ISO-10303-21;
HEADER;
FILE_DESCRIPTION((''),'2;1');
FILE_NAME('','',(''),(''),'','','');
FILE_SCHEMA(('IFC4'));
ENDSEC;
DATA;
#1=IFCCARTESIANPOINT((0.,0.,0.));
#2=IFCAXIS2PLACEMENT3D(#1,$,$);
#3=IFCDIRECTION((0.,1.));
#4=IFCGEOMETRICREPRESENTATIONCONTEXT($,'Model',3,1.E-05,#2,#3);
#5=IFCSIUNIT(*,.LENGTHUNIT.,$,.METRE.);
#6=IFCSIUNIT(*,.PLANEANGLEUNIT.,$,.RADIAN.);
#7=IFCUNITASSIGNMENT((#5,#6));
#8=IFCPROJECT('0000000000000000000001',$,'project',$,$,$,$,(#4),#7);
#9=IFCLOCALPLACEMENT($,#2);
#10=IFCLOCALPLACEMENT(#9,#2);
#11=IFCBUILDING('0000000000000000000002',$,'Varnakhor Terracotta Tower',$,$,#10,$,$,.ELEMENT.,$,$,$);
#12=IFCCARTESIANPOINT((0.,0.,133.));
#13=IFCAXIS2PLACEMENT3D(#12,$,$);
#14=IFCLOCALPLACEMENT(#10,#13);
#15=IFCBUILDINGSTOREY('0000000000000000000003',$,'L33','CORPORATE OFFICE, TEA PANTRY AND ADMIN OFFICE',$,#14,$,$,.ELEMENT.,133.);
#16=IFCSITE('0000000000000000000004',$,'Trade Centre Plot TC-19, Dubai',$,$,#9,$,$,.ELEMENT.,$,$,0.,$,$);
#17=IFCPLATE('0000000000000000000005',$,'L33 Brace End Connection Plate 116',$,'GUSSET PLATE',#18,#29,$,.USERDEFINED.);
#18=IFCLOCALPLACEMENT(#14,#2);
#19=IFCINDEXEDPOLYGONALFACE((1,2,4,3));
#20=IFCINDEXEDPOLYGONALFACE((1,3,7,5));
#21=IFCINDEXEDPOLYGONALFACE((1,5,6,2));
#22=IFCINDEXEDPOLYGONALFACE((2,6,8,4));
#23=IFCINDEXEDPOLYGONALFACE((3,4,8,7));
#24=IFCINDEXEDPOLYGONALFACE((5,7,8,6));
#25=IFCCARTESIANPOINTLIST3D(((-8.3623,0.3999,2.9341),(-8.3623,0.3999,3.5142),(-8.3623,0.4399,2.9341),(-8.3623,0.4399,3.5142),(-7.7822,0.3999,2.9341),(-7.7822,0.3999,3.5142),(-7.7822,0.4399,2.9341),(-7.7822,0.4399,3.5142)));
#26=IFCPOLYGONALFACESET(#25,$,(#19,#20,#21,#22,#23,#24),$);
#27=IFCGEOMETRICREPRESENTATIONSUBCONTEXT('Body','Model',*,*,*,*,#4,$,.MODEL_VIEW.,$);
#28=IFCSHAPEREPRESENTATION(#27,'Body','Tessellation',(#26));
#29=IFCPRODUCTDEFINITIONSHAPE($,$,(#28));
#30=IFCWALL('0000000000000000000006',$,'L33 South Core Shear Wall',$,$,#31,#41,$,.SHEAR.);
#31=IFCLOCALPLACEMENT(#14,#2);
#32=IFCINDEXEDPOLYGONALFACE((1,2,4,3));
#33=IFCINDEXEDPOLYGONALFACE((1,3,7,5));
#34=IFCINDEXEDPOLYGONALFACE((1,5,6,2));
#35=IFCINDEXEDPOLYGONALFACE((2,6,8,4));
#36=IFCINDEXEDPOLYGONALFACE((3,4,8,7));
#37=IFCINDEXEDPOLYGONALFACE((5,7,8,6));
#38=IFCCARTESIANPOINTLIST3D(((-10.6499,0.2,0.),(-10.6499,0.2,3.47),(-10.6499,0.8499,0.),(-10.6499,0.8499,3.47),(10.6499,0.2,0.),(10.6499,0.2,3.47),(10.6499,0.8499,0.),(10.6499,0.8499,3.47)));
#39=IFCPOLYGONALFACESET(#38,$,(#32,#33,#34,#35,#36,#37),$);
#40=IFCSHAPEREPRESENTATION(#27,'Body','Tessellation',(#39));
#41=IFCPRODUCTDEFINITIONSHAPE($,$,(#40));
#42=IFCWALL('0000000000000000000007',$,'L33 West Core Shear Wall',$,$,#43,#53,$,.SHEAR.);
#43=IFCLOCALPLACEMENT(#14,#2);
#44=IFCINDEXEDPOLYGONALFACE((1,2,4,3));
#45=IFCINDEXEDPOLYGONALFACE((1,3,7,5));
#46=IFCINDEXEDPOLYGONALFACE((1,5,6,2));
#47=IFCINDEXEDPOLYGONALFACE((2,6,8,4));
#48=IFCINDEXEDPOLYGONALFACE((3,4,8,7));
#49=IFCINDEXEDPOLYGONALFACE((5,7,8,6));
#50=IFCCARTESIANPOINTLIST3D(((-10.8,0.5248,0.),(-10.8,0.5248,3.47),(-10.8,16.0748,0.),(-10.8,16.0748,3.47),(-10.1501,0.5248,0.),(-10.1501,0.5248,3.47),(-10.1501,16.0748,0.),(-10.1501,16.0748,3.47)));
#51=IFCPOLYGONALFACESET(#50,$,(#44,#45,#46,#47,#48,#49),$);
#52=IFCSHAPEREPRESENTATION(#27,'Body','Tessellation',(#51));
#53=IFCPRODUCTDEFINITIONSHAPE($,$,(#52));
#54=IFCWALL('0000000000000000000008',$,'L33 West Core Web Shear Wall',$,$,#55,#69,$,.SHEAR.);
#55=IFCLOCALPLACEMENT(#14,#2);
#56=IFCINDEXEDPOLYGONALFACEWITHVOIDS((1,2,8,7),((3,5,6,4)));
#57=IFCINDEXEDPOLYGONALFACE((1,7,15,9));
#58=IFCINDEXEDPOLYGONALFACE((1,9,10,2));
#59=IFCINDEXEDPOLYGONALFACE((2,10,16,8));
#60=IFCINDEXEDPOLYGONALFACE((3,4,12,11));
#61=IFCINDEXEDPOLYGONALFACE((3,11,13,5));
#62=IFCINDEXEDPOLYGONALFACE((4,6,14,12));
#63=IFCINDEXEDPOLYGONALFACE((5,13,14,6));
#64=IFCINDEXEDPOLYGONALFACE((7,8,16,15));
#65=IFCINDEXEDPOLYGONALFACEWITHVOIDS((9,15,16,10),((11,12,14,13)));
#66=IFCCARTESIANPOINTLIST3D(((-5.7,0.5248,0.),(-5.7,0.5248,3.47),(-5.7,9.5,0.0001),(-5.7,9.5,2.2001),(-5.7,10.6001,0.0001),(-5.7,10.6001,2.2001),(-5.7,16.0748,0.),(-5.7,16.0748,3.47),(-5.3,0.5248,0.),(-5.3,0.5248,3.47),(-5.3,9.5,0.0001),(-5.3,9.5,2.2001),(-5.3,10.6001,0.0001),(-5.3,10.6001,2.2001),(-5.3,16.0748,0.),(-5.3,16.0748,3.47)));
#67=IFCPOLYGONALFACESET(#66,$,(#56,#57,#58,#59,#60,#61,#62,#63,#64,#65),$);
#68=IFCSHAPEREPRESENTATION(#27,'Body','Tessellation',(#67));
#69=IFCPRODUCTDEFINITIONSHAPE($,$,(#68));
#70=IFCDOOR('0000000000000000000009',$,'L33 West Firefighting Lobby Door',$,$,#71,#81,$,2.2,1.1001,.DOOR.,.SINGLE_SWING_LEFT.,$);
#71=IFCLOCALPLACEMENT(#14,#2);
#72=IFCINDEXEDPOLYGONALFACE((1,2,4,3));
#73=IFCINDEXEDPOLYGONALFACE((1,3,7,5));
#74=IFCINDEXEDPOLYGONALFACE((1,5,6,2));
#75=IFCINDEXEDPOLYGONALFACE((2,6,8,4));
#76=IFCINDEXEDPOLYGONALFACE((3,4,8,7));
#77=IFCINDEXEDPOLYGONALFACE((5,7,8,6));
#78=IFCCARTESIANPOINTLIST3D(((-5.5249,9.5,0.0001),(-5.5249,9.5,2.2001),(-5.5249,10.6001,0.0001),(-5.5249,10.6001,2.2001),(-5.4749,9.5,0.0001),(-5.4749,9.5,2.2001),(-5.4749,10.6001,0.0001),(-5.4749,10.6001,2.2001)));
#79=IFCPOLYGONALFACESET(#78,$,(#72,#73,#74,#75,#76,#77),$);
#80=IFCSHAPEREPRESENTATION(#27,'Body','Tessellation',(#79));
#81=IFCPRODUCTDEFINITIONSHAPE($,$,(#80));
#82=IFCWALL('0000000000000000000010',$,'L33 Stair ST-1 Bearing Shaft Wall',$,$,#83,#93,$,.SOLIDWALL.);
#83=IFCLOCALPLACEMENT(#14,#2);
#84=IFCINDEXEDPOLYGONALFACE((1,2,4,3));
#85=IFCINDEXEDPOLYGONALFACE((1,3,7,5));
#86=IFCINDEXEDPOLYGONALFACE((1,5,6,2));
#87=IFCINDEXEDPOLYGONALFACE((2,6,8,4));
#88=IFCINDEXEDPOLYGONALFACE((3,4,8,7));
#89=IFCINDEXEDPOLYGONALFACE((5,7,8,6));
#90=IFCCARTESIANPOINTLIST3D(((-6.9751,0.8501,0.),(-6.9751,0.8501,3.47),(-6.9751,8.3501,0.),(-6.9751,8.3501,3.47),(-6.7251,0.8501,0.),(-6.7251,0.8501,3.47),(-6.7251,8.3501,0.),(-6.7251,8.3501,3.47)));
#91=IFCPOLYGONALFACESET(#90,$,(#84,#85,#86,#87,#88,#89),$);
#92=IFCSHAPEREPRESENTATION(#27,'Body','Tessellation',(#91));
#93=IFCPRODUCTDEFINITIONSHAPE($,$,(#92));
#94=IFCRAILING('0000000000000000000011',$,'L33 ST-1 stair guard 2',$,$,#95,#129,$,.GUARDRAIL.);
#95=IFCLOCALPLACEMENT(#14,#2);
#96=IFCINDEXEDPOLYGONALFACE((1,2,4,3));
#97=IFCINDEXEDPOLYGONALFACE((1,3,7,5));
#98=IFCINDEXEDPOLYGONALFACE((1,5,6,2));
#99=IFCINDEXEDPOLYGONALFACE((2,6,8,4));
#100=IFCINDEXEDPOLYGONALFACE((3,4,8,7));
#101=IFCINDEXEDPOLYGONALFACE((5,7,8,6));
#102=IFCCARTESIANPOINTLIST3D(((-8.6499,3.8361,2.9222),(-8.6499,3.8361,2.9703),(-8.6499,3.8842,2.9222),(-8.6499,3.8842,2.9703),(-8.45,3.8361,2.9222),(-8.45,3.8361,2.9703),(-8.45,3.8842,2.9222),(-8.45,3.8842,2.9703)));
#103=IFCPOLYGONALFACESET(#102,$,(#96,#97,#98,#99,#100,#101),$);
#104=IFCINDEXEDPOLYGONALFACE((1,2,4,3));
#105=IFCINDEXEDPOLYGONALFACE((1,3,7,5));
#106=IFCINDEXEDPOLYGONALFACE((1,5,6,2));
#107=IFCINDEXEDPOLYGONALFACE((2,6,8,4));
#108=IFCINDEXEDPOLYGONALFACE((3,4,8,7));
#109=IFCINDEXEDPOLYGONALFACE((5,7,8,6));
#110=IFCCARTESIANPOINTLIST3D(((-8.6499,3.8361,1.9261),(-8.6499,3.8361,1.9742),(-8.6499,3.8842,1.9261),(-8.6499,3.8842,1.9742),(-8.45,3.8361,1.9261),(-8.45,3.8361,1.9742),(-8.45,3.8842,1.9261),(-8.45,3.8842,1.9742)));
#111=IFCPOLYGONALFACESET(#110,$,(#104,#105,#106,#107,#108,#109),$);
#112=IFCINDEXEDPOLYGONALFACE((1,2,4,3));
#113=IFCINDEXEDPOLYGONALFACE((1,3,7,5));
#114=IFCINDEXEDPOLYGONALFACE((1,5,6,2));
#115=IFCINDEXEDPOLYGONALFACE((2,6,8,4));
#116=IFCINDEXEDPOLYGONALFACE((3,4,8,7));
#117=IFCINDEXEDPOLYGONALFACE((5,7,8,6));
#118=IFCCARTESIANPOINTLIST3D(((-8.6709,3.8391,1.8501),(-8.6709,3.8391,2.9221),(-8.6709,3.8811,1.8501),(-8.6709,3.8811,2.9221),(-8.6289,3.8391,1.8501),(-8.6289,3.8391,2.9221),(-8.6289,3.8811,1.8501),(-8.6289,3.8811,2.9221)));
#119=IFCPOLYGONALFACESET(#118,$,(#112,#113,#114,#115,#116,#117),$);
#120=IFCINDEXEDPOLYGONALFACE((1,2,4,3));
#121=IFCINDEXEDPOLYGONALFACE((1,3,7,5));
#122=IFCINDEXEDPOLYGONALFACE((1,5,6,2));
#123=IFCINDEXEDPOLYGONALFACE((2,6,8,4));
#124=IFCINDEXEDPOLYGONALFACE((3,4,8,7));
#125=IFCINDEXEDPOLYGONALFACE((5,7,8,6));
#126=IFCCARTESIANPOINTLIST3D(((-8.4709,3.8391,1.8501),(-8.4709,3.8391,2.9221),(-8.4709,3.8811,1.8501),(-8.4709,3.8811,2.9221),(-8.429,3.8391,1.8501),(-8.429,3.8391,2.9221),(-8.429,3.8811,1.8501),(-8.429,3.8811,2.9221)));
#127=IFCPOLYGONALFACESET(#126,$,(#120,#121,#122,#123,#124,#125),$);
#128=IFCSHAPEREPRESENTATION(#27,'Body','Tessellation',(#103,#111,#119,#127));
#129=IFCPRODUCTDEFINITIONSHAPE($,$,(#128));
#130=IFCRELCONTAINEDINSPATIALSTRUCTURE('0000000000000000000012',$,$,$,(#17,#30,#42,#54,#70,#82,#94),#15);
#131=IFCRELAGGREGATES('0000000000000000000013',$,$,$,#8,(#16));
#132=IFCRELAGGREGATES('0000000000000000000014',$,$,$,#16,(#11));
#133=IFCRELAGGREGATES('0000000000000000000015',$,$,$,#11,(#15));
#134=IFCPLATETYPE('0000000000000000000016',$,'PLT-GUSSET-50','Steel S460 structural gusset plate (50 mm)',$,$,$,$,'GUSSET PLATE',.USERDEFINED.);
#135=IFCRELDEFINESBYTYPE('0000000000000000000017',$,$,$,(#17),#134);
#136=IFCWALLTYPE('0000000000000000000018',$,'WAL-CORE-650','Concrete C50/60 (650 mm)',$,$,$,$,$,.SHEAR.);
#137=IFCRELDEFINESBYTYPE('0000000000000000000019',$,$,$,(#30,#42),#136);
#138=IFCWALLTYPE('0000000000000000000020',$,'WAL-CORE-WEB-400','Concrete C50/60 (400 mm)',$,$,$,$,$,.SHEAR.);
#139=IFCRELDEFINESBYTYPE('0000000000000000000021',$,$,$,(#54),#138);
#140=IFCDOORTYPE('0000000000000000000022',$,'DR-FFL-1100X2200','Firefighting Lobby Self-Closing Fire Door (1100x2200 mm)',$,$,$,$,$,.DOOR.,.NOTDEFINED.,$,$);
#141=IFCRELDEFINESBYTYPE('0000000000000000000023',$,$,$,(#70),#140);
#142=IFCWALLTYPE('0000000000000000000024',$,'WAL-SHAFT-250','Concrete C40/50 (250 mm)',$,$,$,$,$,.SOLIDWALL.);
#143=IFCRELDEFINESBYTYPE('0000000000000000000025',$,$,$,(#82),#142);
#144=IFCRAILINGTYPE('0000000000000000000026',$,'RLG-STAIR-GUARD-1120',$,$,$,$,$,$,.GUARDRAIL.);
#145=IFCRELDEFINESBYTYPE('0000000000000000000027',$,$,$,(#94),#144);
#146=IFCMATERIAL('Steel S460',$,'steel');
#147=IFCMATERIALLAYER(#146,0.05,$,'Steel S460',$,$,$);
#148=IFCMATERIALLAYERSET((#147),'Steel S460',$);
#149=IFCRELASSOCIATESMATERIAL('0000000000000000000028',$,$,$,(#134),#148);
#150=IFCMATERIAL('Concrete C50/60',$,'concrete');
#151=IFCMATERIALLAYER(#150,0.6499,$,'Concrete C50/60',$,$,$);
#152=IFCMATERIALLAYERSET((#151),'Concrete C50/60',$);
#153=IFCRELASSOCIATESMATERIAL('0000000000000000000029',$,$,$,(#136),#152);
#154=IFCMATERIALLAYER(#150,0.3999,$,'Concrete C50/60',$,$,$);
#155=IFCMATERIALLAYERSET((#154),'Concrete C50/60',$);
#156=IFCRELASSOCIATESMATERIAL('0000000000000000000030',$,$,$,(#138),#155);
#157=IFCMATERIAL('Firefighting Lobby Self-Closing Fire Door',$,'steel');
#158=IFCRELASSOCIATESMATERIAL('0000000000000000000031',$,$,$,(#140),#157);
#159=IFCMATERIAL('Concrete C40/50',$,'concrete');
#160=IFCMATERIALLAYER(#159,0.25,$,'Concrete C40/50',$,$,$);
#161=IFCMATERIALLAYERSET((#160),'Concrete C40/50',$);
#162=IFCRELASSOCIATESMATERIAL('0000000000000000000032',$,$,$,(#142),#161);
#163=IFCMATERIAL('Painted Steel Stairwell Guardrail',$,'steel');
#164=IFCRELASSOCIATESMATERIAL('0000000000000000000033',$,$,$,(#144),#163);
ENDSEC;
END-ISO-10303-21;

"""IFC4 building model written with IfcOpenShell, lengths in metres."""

from ifc_helpers import new_model, si_unit, direction, frame, frame_2d, origin, origin_2d, place, context, subcontext, project, spatial, rectangle, extrude, source, transform, mapped, material, layer, layer_set, type_object, type_shapes, element, fill, save


model = new_model("IFC4")

# Units and contexts
model_context = context("Model", 3, precision=1e-05, world=origin(), true_north=direction((0.0, 1.0)))
body_context = subcontext(model_context, "Body", "Model", "MODEL_VIEW")
ifc_project = project(units=[si_unit("LENGTHUNIT", "METRE"), si_unit("PLANEANGLEUNIT", "RADIAN")], contexts=[model_context])

# Site, building, storey
site_placement = place(None, origin())
site = spatial("IfcSite", under=ifc_project, at=site_placement, Name="Trade Centre Plot TC-19, Dubai", CompositionType="ELEMENT", RefElevation=0.0)
building_placement = place(site_placement, origin())
building = spatial("IfcBuilding", under=site, at=building_placement, Name="Varnakhor Terracotta Tower", CompositionType="ELEMENT")
storey_placement = place(building_placement, frame((0.0, 0.0, 133.0)))
storey = spatial("IfcBuildingStorey", under=building, at=storey_placement, Name="L33", Description="CORPORATE OFFICE, TEA PANTRY AND ADMIN OFFICE", CompositionType="ELEMENT", Elevation=133.0)

# Shared definitions
ifc_material_1 = material(Name="Concrete C50/60", Category="concrete")

# Shared definitions
ifc_material_2 = material(Name="Steel S460", Category="steel")

# Plate
ifc_layer_1 = layer(ifc_material_2, 0.05, Name="Steel S460")
ifc_layer_set_1 = layer_set([ifc_layer_1], Name="Steel S460")
plate_type = type_object("IfcPlateType", Name="PLT-GUSSET-50", Description="Steel S460 structural gusset plate (50 mm)", ElementType="GUSSET PLATE", PredefinedType="USERDEFINED", material=ifc_layer_set_1)
shared_shape_1 = source(origin(), body_context, "Body", "SweptSolid", [
    extrude(rectangle(XDim=0.5801, YDim=0.04, at=origin_2d()), origin(), (0.0, 0.0, 1.0), 0.5801),
])
plate_placement = place(storey_placement, frame((-8.0723, 0.4199, 2.9341), z_axis=(0.0, 0.0, 1.0), x_axis=(1.0, 0.0, 0.0)))
element("IfcPlate", 1, at=plate_placement, inside=storey, type_object=plate_type, Name="L33 Brace End Connection Plate 116", ObjectType="GUSSET PLATE", PredefinedType="USERDEFINED", context=body_context, shape_type="MappedRepresentation", body=[
    mapped(shared_shape_1, transform((0.0, 0.0, 0.0), scale=1.0)),
])

# Walls
ifc_layer_2 = layer(ifc_material_1, 0.6499, Name="Concrete C50/60")
ifc_layer_set_2 = layer_set([ifc_layer_2], Name="Concrete C50/60")
wall_type_1 = type_object("IfcWallType", Name="WAL-CORE-650", Description="Concrete C50/60 (650 mm)", PredefinedType="SHEAR", material=ifc_layer_set_2)
wall_1_placement = place(storey_placement, frame((-10.6499, 0.5249, 0.0), z_axis=(0.0, 0.0, 1.0), x_axis=(1.0, 0.0, 0.0)))
element("IfcWall", 2, at=wall_1_placement, inside=storey, type_object=wall_type_1, Name="L33 South Core Shear Wall", PredefinedType="SHEAR", context=body_context, shape_type="SweptSolid", body=[
    extrude(rectangle(XDim=21.2998, YDim=0.6499, at=frame_2d((10.6499, 0.0))), origin(), (0.0, 0.0, 1.0), 3.47),
])
wall_2_placement = place(storey_placement, frame((-10.4751, 0.5249, 0.0), z_axis=(0.0, 0.0, 1.0), x_axis=(0.0, 1.0, 0.0)))
element("IfcWall", 3, at=wall_2_placement, inside=storey, type_object=wall_type_1, Name="L33 West Core Shear Wall", PredefinedType="SHEAR", context=body_context, shape_type="SweptSolid", body=[
    extrude(rectangle(XDim=15.55, YDim=0.6499, at=frame_2d((7.7749, 0.0))), origin(), (0.0, 0.0, 1.0), 3.47),
])

# Wall, opening, door
ifc_layer_3 = layer(ifc_material_1, 0.3999, Name="Concrete C50/60")
ifc_layer_set_3 = layer_set([ifc_layer_3], Name="Concrete C50/60")
wall_type_2 = type_object("IfcWallType", Name="WAL-CORE-WEB-400", Description="Concrete C50/60 (400 mm)", PredefinedType="SHEAR", material=ifc_layer_set_3)
wall_3_placement = place(storey_placement, frame((-5.5, 0.5249, 0.0), z_axis=(0.0, 0.0, 1.0), x_axis=(0.0, 1.0, 0.0)))
wall_3 = element("IfcWall", 4, at=wall_3_placement, inside=storey, type_object=wall_type_2, Name="L33 West Core Web Shear Wall", PredefinedType="SHEAR", context=body_context, shape_type="SweptSolid", body=[
    extrude(rectangle(XDim=15.55, YDim=0.3999, at=frame_2d((7.7749, 0.0))), origin(), (0.0, 0.0, 1.0), 3.47),
])
opening_placement = place(wall_3_placement, frame((8.9751, 0.0, 0.0)))
opening = element("IfcOpeningElement", 5, at=opening_placement, cuts=wall_3, PredefinedType="OPENING", context=body_context, shape_type="SweptSolid", body=[
    extrude(rectangle(XDim=1.1001, YDim=2.2, at=frame_2d((0.55, 1.1001))), frame((0.0, 0.21, 0.0), z_axis=(0.0, -1.0, 0.0), x_axis=(1.0, 0.0, 0.0)), (0.0, 0.0, 1.0), 0.4199),
])
ifc_material_3 = material(Name="Firefighting Lobby Self-Closing Fire Door", Category="steel")
door_type = type_object("IfcDoorType", Name="DR-FFL-1100X2200", Description="Firefighting Lobby Self-Closing Fire Door (1100x2200 mm)", OperationType="NOTDEFINED", PredefinedType="DOOR", material=ifc_material_3)
shared_shape_2 = source(origin(), body_context, "Body", "SweptSolid", [
    extrude(rectangle(XDim=1.1001, YDim=2.2, at=frame_2d((0.55, 1.1001))), frame((0.0, 0.0249, 0.0), z_axis=(0.0, -1.0, 0.0), x_axis=(1.0, 0.0, 0.0)), (0.0, 0.0, 1.0), 0.05),
])
type_shapes(door_type, [shared_shape_2])
door_placement = place(opening_placement, origin())
door = element("IfcDoor", 6, at=door_placement, inside=storey, type_object=door_type, Name="L33 West Firefighting Lobby Door", OperationType="SINGLE_SWING_LEFT", OverallHeight=2.2, OverallWidth=1.1001, PredefinedType="DOOR", context=body_context, shape_type="MappedRepresentation", body=[
    mapped(shared_shape_2, transform((0.0, 0.0, 0.0), scale=1.0)),
])
fill(opening, door)

# Wall
ifc_material_4 = material(Name="Concrete C40/50", Category="concrete")
ifc_layer_4 = layer(ifc_material_4, 0.25, Name="Concrete C40/50")
ifc_layer_set_4 = layer_set([ifc_layer_4], Name="Concrete C40/50")
wall_type_3 = type_object("IfcWallType", Name="WAL-SHAFT-250", Description="Concrete C40/50 (250 mm)", PredefinedType="SOLIDWALL", material=ifc_layer_set_4)
wall_4_placement = place(storey_placement, frame((-6.8501, 0.8501, 0.0), z_axis=(0.0, 0.0, 1.0), x_axis=(0.0, 1.0, 0.0)))
element("IfcWall", 7, at=wall_4_placement, inside=storey, type_object=wall_type_3, Name="L33 Stair ST-1 Bearing Shaft Wall", PredefinedType="SOLIDWALL", context=body_context, shape_type="SweptSolid", body=[
    extrude(rectangle(XDim=7.5, YDim=0.25, at=frame_2d((3.75, 0.0))), origin(), (0.0, 0.0, 1.0), 3.47),
])

# Railing
ifc_material_5 = material(Name="Painted Steel Stairwell Guardrail", Category="steel")
railing_type = type_object("IfcRailingType", Name="RLG-STAIR-GUARD-1120", PredefinedType="GUARDRAIL", material=ifc_material_5)
railing_placement = place(storey_placement, frame((-8.6499, 3.8601, 1.8501)))
element("IfcRailing", 8, at=railing_placement, inside=storey, type_object=railing_type, Name="L33 ST-1 stair guard 2", PredefinedType="GUARDRAIL", context=body_context, shape_type="SweptSolid", body=[
    extrude(rectangle(XDim=0.0481, YDim=0.0481, at=origin_2d()), frame((0.0, 0.0, 1.0962), z_axis=(1.0, 0.0, 0.0), x_axis=(0.0, 1.0, 0.0)), (0.0, 0.0, 1.0), 0.2),
    extrude(rectangle(XDim=0.0481, YDim=0.0481, at=origin_2d()), frame((0.0, 0.0, 0.1001), z_axis=(1.0, 0.0, 0.0), x_axis=(0.0, 1.0, 0.0)), (0.0, 0.0, 1.0), 0.2),
    extrude(rectangle(XDim=0.042, YDim=0.042, at=origin_2d()), origin(), (0.0, 0.0, 1.0), 1.072),
    extrude(rectangle(XDim=0.042, YDim=0.042, at=origin_2d()), frame((0.2, 0.0, 0.0)), (0.0, 0.0, 1.0), 1.072),
])

save(model, "model.ifc")
